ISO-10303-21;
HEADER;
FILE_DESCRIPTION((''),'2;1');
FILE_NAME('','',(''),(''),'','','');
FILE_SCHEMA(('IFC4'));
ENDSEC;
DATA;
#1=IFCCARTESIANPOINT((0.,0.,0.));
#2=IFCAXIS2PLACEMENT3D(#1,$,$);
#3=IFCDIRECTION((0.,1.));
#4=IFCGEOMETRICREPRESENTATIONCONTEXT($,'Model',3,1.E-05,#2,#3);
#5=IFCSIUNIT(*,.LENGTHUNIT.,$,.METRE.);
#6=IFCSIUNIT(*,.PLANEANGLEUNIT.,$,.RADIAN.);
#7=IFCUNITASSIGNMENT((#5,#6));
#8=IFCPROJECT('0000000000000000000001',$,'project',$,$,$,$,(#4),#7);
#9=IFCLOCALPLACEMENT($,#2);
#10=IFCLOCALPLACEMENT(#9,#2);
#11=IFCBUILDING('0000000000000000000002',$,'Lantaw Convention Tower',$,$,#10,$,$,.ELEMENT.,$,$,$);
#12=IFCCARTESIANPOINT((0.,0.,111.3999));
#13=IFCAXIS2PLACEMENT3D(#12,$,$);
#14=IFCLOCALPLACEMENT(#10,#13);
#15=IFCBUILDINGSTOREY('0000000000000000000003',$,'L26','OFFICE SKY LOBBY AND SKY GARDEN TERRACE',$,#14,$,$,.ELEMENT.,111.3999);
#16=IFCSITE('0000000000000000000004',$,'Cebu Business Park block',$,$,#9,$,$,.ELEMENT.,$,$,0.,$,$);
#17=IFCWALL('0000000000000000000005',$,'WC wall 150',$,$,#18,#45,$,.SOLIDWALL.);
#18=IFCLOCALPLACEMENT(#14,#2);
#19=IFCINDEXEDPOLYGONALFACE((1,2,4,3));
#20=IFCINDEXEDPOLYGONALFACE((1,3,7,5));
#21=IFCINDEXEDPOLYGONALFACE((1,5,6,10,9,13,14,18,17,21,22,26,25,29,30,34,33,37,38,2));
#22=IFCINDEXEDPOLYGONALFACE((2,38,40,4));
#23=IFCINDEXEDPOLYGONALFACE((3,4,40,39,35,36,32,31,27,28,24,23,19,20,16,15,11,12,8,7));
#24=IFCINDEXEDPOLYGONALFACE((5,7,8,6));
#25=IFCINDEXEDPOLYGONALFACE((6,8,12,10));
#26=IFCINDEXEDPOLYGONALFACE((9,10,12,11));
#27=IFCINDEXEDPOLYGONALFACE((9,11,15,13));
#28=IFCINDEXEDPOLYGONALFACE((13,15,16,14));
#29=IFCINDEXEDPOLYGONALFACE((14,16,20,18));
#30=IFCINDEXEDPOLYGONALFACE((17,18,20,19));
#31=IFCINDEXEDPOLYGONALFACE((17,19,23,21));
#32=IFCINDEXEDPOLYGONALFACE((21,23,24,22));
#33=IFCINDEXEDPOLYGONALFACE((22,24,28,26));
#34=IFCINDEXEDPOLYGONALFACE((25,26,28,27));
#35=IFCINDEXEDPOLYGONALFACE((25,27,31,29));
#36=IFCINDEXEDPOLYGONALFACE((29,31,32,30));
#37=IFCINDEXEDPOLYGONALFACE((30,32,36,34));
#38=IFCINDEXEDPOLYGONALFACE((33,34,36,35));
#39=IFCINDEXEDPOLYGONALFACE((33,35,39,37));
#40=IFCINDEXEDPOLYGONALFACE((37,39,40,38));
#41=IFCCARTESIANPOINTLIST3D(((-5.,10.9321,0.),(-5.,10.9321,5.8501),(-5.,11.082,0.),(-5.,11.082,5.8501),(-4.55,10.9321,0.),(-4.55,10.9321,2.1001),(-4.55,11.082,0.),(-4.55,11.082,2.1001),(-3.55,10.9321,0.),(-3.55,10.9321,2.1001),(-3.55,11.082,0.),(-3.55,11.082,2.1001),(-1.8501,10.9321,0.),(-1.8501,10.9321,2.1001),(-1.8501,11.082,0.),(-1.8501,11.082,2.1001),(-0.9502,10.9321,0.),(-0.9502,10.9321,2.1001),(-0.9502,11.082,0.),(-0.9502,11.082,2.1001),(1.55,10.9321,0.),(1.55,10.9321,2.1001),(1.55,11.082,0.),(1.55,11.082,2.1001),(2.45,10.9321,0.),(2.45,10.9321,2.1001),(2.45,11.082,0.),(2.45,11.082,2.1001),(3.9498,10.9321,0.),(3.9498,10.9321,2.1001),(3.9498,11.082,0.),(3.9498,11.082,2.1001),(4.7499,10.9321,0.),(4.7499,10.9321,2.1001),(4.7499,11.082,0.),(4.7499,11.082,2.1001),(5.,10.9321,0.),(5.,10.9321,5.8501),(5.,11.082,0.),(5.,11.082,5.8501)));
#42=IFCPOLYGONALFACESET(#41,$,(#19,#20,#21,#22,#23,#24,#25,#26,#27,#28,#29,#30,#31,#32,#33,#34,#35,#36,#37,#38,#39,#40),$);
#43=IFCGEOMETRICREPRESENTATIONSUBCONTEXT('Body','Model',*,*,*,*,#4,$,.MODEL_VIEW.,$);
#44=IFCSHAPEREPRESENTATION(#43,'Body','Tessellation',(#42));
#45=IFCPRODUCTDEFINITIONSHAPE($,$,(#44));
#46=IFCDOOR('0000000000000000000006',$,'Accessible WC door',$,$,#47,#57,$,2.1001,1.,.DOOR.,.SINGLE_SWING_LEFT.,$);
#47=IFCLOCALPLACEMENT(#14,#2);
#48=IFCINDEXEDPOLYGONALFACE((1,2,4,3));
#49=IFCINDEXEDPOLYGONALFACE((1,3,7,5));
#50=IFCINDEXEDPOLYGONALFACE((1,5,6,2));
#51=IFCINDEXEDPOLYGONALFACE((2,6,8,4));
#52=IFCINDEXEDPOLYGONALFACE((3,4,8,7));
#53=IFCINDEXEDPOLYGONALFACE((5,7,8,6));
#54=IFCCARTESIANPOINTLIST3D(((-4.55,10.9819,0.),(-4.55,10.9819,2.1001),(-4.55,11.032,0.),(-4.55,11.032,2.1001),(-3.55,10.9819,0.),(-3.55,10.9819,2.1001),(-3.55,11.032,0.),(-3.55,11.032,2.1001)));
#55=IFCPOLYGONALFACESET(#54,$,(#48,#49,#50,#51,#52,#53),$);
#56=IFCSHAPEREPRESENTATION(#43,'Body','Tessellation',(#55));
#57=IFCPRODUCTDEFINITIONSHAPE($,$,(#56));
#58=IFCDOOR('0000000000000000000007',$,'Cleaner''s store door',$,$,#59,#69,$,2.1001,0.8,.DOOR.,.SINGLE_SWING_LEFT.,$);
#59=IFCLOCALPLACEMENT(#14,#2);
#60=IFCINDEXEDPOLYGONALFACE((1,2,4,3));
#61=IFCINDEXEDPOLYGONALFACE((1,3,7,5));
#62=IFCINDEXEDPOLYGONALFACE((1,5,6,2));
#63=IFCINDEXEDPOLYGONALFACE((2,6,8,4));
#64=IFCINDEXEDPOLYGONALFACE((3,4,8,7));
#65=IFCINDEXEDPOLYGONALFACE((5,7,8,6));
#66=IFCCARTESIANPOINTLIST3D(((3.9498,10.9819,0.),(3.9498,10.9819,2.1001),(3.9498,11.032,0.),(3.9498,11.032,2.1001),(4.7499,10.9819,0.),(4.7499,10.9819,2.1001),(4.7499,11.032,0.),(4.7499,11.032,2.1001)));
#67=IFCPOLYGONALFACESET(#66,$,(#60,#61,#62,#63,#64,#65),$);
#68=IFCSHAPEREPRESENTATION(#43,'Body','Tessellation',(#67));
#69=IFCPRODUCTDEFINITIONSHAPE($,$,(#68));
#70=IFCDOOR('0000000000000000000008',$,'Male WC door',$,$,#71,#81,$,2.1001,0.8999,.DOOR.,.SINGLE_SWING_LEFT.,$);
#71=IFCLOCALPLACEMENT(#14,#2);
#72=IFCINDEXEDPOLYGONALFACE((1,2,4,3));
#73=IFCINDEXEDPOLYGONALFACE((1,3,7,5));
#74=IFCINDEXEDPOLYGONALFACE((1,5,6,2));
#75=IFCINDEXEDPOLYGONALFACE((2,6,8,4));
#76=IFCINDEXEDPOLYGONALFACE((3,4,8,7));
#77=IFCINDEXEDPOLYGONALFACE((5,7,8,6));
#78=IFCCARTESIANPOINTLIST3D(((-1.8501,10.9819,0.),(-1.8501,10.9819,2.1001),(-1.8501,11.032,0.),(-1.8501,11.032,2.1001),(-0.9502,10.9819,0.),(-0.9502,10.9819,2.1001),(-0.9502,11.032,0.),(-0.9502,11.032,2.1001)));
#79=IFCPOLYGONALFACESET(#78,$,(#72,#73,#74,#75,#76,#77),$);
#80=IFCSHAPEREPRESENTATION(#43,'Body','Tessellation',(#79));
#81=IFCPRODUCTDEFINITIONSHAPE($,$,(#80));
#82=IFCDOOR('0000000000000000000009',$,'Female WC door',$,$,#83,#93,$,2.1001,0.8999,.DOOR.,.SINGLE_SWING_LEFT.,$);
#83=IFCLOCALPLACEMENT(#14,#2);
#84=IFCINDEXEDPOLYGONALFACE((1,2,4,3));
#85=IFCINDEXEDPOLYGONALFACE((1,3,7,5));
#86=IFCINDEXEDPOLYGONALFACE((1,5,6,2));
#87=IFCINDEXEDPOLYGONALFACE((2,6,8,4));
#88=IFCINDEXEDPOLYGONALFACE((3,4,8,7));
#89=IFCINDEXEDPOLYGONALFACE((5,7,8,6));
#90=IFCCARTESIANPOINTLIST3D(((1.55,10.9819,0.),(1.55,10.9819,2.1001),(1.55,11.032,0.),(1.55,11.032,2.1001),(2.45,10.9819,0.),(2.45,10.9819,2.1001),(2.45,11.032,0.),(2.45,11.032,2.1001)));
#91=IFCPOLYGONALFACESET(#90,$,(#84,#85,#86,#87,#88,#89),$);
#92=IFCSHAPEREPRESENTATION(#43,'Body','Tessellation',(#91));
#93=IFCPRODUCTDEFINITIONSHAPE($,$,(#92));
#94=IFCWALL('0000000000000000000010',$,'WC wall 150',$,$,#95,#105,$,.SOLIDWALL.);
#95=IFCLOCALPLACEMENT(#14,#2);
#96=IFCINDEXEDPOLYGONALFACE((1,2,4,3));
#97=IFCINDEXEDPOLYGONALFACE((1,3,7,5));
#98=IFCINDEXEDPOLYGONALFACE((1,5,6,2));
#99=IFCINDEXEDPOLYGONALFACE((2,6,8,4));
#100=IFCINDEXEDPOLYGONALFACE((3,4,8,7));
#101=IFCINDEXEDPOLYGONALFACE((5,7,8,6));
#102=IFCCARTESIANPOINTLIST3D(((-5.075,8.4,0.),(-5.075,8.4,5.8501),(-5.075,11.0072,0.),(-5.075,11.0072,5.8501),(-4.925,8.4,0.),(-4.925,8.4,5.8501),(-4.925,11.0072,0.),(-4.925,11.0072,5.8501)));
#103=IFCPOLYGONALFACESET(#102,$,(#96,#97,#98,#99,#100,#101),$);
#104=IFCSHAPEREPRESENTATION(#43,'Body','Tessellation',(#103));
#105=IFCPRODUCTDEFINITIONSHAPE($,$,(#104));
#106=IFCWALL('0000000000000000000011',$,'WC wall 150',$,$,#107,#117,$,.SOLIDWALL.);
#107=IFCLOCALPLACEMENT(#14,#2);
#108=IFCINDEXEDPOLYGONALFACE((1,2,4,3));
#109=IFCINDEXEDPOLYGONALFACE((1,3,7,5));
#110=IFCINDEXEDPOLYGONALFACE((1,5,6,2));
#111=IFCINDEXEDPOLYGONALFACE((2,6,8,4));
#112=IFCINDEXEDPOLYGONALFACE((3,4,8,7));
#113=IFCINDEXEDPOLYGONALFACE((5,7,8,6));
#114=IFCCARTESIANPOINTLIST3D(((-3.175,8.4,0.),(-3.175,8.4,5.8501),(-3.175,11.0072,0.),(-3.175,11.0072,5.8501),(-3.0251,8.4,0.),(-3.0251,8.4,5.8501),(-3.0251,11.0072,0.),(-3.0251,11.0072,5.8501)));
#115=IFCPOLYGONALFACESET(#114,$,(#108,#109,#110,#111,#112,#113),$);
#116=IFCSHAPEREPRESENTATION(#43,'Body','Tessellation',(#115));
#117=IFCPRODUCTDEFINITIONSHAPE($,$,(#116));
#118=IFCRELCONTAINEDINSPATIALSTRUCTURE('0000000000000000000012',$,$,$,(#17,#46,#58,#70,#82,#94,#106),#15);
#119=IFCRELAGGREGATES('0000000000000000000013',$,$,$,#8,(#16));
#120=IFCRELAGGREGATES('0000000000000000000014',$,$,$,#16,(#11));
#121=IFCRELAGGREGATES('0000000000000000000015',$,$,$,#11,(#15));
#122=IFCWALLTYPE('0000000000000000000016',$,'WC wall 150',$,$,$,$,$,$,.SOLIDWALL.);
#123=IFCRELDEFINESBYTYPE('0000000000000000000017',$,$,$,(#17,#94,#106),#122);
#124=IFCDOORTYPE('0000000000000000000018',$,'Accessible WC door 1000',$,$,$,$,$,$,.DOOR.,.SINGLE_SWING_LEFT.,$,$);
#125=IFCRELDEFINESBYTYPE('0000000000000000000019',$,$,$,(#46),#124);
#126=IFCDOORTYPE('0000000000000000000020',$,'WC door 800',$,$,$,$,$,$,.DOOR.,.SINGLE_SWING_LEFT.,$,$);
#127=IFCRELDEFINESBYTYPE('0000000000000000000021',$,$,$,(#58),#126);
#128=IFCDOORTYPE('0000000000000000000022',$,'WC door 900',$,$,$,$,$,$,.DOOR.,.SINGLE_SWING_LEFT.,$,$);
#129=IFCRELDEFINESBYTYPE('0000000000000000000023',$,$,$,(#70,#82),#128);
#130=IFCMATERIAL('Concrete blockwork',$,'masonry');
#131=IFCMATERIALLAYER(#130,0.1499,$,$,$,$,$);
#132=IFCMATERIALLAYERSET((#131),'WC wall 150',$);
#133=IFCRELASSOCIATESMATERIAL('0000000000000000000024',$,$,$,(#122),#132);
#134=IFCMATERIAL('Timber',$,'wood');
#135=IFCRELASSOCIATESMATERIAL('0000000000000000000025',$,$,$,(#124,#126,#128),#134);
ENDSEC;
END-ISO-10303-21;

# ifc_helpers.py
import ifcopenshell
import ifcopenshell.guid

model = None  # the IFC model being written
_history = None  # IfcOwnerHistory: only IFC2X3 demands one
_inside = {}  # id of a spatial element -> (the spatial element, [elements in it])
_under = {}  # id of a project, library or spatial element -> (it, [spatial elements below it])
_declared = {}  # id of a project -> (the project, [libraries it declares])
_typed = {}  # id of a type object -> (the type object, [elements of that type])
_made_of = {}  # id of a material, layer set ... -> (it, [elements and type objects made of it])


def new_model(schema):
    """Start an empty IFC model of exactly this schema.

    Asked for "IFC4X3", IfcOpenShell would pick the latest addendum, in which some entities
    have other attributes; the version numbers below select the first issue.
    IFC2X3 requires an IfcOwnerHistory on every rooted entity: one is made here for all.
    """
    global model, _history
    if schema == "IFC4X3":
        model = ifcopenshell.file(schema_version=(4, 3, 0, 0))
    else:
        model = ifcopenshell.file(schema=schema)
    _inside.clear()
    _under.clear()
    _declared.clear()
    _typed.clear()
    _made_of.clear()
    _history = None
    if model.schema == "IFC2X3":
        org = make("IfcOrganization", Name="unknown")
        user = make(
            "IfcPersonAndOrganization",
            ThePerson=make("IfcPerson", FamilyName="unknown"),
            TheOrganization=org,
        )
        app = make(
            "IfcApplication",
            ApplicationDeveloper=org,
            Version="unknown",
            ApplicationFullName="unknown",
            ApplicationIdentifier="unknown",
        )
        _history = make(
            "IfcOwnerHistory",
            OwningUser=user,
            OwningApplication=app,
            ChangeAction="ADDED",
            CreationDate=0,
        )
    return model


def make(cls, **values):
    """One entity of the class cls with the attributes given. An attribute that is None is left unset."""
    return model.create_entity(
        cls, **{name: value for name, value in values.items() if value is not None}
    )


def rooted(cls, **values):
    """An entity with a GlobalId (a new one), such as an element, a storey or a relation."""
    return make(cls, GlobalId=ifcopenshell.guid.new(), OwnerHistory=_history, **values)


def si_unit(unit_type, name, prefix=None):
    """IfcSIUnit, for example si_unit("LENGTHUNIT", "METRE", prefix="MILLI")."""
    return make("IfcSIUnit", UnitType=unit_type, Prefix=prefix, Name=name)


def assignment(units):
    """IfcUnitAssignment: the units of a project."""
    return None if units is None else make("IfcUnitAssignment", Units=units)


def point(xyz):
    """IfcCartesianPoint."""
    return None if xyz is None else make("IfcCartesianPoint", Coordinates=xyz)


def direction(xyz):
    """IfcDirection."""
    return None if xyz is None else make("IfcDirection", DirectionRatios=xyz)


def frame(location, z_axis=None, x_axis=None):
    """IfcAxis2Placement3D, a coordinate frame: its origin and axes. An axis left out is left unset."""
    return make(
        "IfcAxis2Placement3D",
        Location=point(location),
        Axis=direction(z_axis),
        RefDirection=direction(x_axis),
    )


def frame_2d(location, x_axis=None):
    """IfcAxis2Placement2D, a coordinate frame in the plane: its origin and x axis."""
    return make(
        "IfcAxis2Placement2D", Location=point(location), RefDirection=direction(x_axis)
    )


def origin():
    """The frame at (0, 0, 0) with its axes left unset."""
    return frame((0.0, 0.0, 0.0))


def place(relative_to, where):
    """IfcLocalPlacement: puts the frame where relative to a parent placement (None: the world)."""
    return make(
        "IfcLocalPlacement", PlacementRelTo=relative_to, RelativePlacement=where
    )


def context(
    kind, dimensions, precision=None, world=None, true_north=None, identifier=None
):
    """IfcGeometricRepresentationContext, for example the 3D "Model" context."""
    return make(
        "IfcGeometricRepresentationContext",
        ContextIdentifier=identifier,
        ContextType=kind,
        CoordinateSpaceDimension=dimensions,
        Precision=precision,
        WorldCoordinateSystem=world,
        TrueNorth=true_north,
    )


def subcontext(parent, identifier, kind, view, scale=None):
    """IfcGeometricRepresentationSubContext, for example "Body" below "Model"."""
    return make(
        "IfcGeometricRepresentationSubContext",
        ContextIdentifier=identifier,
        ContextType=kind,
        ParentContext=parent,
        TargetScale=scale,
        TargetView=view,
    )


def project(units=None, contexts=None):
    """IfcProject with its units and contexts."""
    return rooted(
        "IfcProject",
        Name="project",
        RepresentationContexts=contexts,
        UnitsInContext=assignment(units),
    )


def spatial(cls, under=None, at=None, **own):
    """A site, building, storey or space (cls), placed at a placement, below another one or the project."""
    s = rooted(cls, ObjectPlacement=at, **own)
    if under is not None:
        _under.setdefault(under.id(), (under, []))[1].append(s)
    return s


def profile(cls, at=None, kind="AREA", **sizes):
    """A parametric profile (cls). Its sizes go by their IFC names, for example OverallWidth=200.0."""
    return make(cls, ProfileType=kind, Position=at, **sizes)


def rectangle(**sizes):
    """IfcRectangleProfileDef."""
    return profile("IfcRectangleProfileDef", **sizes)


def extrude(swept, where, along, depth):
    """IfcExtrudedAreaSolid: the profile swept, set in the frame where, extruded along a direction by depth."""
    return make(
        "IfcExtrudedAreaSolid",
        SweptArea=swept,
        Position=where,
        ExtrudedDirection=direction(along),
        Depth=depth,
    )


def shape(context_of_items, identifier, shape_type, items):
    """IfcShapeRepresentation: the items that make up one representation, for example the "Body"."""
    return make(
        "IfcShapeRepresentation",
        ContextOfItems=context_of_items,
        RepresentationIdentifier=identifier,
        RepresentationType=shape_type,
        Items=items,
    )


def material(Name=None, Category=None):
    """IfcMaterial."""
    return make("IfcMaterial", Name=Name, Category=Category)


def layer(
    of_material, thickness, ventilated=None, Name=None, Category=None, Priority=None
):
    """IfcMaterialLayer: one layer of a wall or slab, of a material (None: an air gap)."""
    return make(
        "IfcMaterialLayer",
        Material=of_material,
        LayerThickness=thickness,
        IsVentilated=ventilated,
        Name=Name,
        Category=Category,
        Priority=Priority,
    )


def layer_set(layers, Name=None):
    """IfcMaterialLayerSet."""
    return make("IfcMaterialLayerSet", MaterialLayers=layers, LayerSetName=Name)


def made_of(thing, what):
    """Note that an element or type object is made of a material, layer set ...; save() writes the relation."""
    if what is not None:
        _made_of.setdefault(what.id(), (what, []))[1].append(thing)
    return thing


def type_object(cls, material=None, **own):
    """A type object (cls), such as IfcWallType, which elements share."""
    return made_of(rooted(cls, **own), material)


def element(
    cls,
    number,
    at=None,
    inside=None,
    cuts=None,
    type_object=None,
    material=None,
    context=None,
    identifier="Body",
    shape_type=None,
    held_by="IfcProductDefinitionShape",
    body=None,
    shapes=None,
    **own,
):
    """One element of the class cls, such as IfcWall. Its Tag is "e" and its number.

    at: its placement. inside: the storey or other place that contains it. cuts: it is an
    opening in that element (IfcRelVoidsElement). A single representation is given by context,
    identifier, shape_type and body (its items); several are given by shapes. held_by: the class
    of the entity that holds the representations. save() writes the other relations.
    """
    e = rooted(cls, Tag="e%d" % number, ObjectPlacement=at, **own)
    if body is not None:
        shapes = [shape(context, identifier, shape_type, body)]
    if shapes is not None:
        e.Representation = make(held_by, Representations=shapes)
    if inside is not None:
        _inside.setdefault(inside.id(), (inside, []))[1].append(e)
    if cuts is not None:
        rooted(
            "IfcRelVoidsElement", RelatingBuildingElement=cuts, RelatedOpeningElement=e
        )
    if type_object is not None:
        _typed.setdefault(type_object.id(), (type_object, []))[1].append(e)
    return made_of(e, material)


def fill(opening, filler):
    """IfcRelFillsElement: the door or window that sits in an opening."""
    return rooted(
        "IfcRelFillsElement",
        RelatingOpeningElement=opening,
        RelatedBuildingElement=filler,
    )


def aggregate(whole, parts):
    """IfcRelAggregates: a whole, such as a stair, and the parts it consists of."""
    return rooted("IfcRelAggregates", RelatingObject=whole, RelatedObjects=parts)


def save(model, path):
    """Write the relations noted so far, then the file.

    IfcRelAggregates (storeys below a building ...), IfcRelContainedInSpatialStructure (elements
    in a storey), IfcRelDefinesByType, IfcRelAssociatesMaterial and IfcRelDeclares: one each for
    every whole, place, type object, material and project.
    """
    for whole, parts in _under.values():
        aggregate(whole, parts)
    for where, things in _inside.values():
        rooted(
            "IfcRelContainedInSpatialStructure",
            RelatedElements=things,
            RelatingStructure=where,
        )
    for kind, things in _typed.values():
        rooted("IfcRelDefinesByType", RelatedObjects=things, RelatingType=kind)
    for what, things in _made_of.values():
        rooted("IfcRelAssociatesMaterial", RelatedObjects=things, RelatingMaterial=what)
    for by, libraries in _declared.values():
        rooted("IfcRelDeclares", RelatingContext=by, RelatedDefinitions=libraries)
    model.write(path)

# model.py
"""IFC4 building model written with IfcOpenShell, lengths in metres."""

from ifc_helpers import new_model, si_unit, direction, frame, frame_2d, origin, place, context, subcontext, project, spatial, rectangle, extrude, material, layer, layer_set, type_object, element, fill, save


model = new_model("IFC4")

# Units and contexts
model_context = context("Model", 3, precision=1e-05, world=origin(), true_north=direction((0.0, 1.0)))
body_context = subcontext(model_context, "Body", "Model", "MODEL_VIEW")
ifc_project = project(units=[si_unit("LENGTHUNIT", "METRE"), si_unit("PLANEANGLEUNIT", "RADIAN")], contexts=[model_context])

# Site, building, storey
site_placement = place(None, origin())
site = spatial("IfcSite", under=ifc_project, at=site_placement, Name="Cebu Business Park block", CompositionType="ELEMENT", RefElevation=0.0)
building_placement = place(site_placement, origin())
building = spatial("IfcBuilding", under=site, at=building_placement, Name="Lantaw Convention Tower", CompositionType="ELEMENT")
storey_placement = place(building_placement, frame((0.0, 0.0, 111.3999)))
storey = spatial("IfcBuildingStorey", under=building, at=storey_placement, Name="L26", Description="OFFICE SKY LOBBY AND SKY GARDEN TERRACE", CompositionType="ELEMENT", Elevation=111.3999)

# Wall, openings, doors
ifc_material_1 = material(Name="Concrete blockwork", Category="masonry")
ifc_layer_1 = layer(ifc_material_1, 0.1499)
ifc_layer_set_1 = layer_set([ifc_layer_1], Name="WC wall 150")
wall_type_1 = type_object("IfcWallType", Name="WC wall 150", PredefinedType="SOLIDWALL", material=ifc_layer_set_1)
wall_1_placement = place(storey_placement, frame((-5.0, 11.0071, 0.0), z_axis=(0.0, 0.0, 1.0), x_axis=(1.0, 0.0, 0.0)))
wall_1 = element("IfcWall", 1, at=wall_1_placement, inside=storey, type_object=wall_type_1, Name="WC wall 150", PredefinedType="SOLIDWALL", context=body_context, shape_type="SweptSolid", body=[
    extrude(rectangle(XDim=10.0, YDim=0.1499, at=frame_2d((5.0, 0.0))), origin(), (0.0, 0.0, 1.0), 5.8501),
])
opening_1_placement = place(wall_1_placement, frame((0.45, 0.0, 0.0)))
opening_1 = element("IfcOpeningElement", 2, at=opening_1_placement, cuts=wall_1, PredefinedType="OPENING", context=body_context, shape_type="SweptSolid", body=[
    extrude(rectangle(XDim=1.0, YDim=2.1001, at=frame_2d((0.5, 1.05))), frame((0.0, 0.085, 0.0), z_axis=(0.0, -1.0, 0.0), x_axis=(1.0, 0.0, 0.0)), (0.0, 0.0, 1.0), 0.1699),
])
opening_2_placement = place(wall_1_placement, frame((3.1499, 0.0, 0.0)))
opening_2 = element("IfcOpeningElement", 3, at=opening_2_placement, cuts=wall_1, PredefinedType="OPENING", context=body_context, shape_type="SweptSolid", body=[
    extrude(rectangle(XDim=0.8999, YDim=2.1001, at=frame_2d((0.45, 1.05))), frame((0.0, 0.085, 0.0), z_axis=(0.0, -1.0, 0.0), x_axis=(1.0, 0.0, 0.0)), (0.0, 0.0, 1.0), 0.1699),
])
opening_3_placement = place(wall_1_placement, frame((6.55, 0.0, 0.0)))
opening_3 = element("IfcOpeningElement", 4, at=opening_3_placement, cuts=wall_1, PredefinedType="OPENING", context=body_context, shape_type="SweptSolid", body=[
    extrude(rectangle(XDim=0.8999, YDim=2.1001, at=frame_2d((0.45, 1.05))), frame((0.0, 0.085, 0.0), z_axis=(0.0, -1.0, 0.0), x_axis=(1.0, 0.0, 0.0)), (0.0, 0.0, 1.0), 0.1699),
])
opening_4_placement = place(wall_1_placement, frame((8.95, 0.0, 0.0)))
opening_4 = element("IfcOpeningElement", 5, at=opening_4_placement, cuts=wall_1, PredefinedType="OPENING", context=body_context, shape_type="SweptSolid", body=[
    extrude(rectangle(XDim=0.8, YDim=2.1001, at=frame_2d((0.3999, 1.05))), frame((0.0, 0.085, 0.0), z_axis=(0.0, -1.0, 0.0), x_axis=(1.0, 0.0, 0.0)), (0.0, 0.0, 1.0), 0.1699),
])
ifc_material_2 = material(Name="Timber", Category="wood")
door_type_1 = type_object("IfcDoorType", Name="Accessible WC door 1000", OperationType="SINGLE_SWING_LEFT", PredefinedType="DOOR", material=ifc_material_2)
door_1_placement = place(opening_1_placement, origin())
door_1 = element("IfcDoor", 6, at=door_1_placement, inside=storey, type_object=door_type_1, Name="Accessible WC door", OperationType="SINGLE_SWING_LEFT", OverallHeight=2.1001, OverallWidth=1.0, PredefinedType="DOOR", context=body_context, shape_type="SweptSolid", body=[
    extrude(rectangle(XDim=1.0, YDim=2.1001, at=frame_2d((0.5, 1.05))), frame((0.0, 0.0249, 0.0), z_axis=(0.0, -1.0, 0.0), x_axis=(1.0, 0.0, 0.0)), (0.0, 0.0, 1.0), 0.05),
])
fill(opening_1, door_1)
door_type_2 = type_object("IfcDoorType", Name="WC door 800", OperationType="SINGLE_SWING_LEFT", PredefinedType="DOOR", material=ifc_material_2)
door_2_placement = place(opening_4_placement, origin())
door_2 = element("IfcDoor", 7, at=door_2_placement, inside=storey, type_object=door_type_2, Name="Cleaner's store door", OperationType="SINGLE_SWING_LEFT", OverallHeight=2.1001, OverallWidth=0.8, PredefinedType="DOOR", context=body_context, shape_type="SweptSolid", body=[
    extrude(rectangle(XDim=0.8, YDim=2.1001, at=frame_2d((0.3999, 1.05))), frame((0.0, 0.0249, 0.0), z_axis=(0.0, -1.0, 0.0), x_axis=(1.0, 0.0, 0.0)), (0.0, 0.0, 1.0), 0.05),
])
fill(opening_4, door_2)
door_type_3 = type_object("IfcDoorType", Name="WC door 900", OperationType="SINGLE_SWING_LEFT", PredefinedType="DOOR", material=ifc_material_2)
door_3_placement = place(opening_2_placement, origin())
door_3 = element("IfcDoor", 8, at=door_3_placement, inside=storey, type_object=door_type_3, Name="Male WC door", OperationType="SINGLE_SWING_LEFT", OverallHeight=2.1001, OverallWidth=0.8999, PredefinedType="DOOR", context=body_context, shape_type="SweptSolid", body=[
    extrude(rectangle(XDim=0.8999, YDim=2.1001, at=frame_2d((0.45, 1.05))), frame((0.0, 0.0249, 0.0), z_axis=(0.0, -1.0, 0.0), x_axis=(1.0, 0.0, 0.0)), (0.0, 0.0, 1.0), 0.05),
])
fill(opening_2, door_3)
door_4_placement = place(opening_3_placement, origin())
door_4 = element("IfcDoor", 9, at=door_4_placement, inside=storey, type_object=door_type_3, Name="Female WC door", OperationType="SINGLE_SWING_LEFT", OverallHeight=2.1001, OverallWidth=0.8999, PredefinedType="DOOR", context=body_context, shape_type="SweptSolid", body=[
    extrude(rectangle(XDim=0.8999, YDim=2.1001, at=frame_2d((0.45, 1.05))), frame((0.0, 0.0249, 0.0), z_axis=(0.0, -1.0, 0.0), x_axis=(1.0, 0.0, 0.0)), (0.0, 0.0, 1.0), 0.05),
])
fill(opening_3, door_4)

# Walls
for number, where, z_axis, x_axis, name in (
    (10, (-5.0, 8.3999, 0.0), (0.0, 0.0, 1.0), (0.0, 1.0, 0.0), "WC wall 150"),
    (11, (-3.1001, 8.3999, 0.0), (0.0, 0.0, 1.0), (0.0, 1.0, 0.0), "WC wall 150"),
):
    element("IfcWall", number, at=place(storey_placement, frame(where, z_axis=z_axis, x_axis=x_axis)), inside=storey, type_object=wall_type_1, Name=name, PredefinedType="SOLIDWALL", context=body_context, shape_type="SweptSolid", body=[
        extrude(rectangle(XDim=2.6072, YDim=0.1499, at=frame_2d((1.3037, 0.0))), origin(), (0.0, 0.0, 1.0), 5.8501),
    ])

save(model, "model.ifc")
